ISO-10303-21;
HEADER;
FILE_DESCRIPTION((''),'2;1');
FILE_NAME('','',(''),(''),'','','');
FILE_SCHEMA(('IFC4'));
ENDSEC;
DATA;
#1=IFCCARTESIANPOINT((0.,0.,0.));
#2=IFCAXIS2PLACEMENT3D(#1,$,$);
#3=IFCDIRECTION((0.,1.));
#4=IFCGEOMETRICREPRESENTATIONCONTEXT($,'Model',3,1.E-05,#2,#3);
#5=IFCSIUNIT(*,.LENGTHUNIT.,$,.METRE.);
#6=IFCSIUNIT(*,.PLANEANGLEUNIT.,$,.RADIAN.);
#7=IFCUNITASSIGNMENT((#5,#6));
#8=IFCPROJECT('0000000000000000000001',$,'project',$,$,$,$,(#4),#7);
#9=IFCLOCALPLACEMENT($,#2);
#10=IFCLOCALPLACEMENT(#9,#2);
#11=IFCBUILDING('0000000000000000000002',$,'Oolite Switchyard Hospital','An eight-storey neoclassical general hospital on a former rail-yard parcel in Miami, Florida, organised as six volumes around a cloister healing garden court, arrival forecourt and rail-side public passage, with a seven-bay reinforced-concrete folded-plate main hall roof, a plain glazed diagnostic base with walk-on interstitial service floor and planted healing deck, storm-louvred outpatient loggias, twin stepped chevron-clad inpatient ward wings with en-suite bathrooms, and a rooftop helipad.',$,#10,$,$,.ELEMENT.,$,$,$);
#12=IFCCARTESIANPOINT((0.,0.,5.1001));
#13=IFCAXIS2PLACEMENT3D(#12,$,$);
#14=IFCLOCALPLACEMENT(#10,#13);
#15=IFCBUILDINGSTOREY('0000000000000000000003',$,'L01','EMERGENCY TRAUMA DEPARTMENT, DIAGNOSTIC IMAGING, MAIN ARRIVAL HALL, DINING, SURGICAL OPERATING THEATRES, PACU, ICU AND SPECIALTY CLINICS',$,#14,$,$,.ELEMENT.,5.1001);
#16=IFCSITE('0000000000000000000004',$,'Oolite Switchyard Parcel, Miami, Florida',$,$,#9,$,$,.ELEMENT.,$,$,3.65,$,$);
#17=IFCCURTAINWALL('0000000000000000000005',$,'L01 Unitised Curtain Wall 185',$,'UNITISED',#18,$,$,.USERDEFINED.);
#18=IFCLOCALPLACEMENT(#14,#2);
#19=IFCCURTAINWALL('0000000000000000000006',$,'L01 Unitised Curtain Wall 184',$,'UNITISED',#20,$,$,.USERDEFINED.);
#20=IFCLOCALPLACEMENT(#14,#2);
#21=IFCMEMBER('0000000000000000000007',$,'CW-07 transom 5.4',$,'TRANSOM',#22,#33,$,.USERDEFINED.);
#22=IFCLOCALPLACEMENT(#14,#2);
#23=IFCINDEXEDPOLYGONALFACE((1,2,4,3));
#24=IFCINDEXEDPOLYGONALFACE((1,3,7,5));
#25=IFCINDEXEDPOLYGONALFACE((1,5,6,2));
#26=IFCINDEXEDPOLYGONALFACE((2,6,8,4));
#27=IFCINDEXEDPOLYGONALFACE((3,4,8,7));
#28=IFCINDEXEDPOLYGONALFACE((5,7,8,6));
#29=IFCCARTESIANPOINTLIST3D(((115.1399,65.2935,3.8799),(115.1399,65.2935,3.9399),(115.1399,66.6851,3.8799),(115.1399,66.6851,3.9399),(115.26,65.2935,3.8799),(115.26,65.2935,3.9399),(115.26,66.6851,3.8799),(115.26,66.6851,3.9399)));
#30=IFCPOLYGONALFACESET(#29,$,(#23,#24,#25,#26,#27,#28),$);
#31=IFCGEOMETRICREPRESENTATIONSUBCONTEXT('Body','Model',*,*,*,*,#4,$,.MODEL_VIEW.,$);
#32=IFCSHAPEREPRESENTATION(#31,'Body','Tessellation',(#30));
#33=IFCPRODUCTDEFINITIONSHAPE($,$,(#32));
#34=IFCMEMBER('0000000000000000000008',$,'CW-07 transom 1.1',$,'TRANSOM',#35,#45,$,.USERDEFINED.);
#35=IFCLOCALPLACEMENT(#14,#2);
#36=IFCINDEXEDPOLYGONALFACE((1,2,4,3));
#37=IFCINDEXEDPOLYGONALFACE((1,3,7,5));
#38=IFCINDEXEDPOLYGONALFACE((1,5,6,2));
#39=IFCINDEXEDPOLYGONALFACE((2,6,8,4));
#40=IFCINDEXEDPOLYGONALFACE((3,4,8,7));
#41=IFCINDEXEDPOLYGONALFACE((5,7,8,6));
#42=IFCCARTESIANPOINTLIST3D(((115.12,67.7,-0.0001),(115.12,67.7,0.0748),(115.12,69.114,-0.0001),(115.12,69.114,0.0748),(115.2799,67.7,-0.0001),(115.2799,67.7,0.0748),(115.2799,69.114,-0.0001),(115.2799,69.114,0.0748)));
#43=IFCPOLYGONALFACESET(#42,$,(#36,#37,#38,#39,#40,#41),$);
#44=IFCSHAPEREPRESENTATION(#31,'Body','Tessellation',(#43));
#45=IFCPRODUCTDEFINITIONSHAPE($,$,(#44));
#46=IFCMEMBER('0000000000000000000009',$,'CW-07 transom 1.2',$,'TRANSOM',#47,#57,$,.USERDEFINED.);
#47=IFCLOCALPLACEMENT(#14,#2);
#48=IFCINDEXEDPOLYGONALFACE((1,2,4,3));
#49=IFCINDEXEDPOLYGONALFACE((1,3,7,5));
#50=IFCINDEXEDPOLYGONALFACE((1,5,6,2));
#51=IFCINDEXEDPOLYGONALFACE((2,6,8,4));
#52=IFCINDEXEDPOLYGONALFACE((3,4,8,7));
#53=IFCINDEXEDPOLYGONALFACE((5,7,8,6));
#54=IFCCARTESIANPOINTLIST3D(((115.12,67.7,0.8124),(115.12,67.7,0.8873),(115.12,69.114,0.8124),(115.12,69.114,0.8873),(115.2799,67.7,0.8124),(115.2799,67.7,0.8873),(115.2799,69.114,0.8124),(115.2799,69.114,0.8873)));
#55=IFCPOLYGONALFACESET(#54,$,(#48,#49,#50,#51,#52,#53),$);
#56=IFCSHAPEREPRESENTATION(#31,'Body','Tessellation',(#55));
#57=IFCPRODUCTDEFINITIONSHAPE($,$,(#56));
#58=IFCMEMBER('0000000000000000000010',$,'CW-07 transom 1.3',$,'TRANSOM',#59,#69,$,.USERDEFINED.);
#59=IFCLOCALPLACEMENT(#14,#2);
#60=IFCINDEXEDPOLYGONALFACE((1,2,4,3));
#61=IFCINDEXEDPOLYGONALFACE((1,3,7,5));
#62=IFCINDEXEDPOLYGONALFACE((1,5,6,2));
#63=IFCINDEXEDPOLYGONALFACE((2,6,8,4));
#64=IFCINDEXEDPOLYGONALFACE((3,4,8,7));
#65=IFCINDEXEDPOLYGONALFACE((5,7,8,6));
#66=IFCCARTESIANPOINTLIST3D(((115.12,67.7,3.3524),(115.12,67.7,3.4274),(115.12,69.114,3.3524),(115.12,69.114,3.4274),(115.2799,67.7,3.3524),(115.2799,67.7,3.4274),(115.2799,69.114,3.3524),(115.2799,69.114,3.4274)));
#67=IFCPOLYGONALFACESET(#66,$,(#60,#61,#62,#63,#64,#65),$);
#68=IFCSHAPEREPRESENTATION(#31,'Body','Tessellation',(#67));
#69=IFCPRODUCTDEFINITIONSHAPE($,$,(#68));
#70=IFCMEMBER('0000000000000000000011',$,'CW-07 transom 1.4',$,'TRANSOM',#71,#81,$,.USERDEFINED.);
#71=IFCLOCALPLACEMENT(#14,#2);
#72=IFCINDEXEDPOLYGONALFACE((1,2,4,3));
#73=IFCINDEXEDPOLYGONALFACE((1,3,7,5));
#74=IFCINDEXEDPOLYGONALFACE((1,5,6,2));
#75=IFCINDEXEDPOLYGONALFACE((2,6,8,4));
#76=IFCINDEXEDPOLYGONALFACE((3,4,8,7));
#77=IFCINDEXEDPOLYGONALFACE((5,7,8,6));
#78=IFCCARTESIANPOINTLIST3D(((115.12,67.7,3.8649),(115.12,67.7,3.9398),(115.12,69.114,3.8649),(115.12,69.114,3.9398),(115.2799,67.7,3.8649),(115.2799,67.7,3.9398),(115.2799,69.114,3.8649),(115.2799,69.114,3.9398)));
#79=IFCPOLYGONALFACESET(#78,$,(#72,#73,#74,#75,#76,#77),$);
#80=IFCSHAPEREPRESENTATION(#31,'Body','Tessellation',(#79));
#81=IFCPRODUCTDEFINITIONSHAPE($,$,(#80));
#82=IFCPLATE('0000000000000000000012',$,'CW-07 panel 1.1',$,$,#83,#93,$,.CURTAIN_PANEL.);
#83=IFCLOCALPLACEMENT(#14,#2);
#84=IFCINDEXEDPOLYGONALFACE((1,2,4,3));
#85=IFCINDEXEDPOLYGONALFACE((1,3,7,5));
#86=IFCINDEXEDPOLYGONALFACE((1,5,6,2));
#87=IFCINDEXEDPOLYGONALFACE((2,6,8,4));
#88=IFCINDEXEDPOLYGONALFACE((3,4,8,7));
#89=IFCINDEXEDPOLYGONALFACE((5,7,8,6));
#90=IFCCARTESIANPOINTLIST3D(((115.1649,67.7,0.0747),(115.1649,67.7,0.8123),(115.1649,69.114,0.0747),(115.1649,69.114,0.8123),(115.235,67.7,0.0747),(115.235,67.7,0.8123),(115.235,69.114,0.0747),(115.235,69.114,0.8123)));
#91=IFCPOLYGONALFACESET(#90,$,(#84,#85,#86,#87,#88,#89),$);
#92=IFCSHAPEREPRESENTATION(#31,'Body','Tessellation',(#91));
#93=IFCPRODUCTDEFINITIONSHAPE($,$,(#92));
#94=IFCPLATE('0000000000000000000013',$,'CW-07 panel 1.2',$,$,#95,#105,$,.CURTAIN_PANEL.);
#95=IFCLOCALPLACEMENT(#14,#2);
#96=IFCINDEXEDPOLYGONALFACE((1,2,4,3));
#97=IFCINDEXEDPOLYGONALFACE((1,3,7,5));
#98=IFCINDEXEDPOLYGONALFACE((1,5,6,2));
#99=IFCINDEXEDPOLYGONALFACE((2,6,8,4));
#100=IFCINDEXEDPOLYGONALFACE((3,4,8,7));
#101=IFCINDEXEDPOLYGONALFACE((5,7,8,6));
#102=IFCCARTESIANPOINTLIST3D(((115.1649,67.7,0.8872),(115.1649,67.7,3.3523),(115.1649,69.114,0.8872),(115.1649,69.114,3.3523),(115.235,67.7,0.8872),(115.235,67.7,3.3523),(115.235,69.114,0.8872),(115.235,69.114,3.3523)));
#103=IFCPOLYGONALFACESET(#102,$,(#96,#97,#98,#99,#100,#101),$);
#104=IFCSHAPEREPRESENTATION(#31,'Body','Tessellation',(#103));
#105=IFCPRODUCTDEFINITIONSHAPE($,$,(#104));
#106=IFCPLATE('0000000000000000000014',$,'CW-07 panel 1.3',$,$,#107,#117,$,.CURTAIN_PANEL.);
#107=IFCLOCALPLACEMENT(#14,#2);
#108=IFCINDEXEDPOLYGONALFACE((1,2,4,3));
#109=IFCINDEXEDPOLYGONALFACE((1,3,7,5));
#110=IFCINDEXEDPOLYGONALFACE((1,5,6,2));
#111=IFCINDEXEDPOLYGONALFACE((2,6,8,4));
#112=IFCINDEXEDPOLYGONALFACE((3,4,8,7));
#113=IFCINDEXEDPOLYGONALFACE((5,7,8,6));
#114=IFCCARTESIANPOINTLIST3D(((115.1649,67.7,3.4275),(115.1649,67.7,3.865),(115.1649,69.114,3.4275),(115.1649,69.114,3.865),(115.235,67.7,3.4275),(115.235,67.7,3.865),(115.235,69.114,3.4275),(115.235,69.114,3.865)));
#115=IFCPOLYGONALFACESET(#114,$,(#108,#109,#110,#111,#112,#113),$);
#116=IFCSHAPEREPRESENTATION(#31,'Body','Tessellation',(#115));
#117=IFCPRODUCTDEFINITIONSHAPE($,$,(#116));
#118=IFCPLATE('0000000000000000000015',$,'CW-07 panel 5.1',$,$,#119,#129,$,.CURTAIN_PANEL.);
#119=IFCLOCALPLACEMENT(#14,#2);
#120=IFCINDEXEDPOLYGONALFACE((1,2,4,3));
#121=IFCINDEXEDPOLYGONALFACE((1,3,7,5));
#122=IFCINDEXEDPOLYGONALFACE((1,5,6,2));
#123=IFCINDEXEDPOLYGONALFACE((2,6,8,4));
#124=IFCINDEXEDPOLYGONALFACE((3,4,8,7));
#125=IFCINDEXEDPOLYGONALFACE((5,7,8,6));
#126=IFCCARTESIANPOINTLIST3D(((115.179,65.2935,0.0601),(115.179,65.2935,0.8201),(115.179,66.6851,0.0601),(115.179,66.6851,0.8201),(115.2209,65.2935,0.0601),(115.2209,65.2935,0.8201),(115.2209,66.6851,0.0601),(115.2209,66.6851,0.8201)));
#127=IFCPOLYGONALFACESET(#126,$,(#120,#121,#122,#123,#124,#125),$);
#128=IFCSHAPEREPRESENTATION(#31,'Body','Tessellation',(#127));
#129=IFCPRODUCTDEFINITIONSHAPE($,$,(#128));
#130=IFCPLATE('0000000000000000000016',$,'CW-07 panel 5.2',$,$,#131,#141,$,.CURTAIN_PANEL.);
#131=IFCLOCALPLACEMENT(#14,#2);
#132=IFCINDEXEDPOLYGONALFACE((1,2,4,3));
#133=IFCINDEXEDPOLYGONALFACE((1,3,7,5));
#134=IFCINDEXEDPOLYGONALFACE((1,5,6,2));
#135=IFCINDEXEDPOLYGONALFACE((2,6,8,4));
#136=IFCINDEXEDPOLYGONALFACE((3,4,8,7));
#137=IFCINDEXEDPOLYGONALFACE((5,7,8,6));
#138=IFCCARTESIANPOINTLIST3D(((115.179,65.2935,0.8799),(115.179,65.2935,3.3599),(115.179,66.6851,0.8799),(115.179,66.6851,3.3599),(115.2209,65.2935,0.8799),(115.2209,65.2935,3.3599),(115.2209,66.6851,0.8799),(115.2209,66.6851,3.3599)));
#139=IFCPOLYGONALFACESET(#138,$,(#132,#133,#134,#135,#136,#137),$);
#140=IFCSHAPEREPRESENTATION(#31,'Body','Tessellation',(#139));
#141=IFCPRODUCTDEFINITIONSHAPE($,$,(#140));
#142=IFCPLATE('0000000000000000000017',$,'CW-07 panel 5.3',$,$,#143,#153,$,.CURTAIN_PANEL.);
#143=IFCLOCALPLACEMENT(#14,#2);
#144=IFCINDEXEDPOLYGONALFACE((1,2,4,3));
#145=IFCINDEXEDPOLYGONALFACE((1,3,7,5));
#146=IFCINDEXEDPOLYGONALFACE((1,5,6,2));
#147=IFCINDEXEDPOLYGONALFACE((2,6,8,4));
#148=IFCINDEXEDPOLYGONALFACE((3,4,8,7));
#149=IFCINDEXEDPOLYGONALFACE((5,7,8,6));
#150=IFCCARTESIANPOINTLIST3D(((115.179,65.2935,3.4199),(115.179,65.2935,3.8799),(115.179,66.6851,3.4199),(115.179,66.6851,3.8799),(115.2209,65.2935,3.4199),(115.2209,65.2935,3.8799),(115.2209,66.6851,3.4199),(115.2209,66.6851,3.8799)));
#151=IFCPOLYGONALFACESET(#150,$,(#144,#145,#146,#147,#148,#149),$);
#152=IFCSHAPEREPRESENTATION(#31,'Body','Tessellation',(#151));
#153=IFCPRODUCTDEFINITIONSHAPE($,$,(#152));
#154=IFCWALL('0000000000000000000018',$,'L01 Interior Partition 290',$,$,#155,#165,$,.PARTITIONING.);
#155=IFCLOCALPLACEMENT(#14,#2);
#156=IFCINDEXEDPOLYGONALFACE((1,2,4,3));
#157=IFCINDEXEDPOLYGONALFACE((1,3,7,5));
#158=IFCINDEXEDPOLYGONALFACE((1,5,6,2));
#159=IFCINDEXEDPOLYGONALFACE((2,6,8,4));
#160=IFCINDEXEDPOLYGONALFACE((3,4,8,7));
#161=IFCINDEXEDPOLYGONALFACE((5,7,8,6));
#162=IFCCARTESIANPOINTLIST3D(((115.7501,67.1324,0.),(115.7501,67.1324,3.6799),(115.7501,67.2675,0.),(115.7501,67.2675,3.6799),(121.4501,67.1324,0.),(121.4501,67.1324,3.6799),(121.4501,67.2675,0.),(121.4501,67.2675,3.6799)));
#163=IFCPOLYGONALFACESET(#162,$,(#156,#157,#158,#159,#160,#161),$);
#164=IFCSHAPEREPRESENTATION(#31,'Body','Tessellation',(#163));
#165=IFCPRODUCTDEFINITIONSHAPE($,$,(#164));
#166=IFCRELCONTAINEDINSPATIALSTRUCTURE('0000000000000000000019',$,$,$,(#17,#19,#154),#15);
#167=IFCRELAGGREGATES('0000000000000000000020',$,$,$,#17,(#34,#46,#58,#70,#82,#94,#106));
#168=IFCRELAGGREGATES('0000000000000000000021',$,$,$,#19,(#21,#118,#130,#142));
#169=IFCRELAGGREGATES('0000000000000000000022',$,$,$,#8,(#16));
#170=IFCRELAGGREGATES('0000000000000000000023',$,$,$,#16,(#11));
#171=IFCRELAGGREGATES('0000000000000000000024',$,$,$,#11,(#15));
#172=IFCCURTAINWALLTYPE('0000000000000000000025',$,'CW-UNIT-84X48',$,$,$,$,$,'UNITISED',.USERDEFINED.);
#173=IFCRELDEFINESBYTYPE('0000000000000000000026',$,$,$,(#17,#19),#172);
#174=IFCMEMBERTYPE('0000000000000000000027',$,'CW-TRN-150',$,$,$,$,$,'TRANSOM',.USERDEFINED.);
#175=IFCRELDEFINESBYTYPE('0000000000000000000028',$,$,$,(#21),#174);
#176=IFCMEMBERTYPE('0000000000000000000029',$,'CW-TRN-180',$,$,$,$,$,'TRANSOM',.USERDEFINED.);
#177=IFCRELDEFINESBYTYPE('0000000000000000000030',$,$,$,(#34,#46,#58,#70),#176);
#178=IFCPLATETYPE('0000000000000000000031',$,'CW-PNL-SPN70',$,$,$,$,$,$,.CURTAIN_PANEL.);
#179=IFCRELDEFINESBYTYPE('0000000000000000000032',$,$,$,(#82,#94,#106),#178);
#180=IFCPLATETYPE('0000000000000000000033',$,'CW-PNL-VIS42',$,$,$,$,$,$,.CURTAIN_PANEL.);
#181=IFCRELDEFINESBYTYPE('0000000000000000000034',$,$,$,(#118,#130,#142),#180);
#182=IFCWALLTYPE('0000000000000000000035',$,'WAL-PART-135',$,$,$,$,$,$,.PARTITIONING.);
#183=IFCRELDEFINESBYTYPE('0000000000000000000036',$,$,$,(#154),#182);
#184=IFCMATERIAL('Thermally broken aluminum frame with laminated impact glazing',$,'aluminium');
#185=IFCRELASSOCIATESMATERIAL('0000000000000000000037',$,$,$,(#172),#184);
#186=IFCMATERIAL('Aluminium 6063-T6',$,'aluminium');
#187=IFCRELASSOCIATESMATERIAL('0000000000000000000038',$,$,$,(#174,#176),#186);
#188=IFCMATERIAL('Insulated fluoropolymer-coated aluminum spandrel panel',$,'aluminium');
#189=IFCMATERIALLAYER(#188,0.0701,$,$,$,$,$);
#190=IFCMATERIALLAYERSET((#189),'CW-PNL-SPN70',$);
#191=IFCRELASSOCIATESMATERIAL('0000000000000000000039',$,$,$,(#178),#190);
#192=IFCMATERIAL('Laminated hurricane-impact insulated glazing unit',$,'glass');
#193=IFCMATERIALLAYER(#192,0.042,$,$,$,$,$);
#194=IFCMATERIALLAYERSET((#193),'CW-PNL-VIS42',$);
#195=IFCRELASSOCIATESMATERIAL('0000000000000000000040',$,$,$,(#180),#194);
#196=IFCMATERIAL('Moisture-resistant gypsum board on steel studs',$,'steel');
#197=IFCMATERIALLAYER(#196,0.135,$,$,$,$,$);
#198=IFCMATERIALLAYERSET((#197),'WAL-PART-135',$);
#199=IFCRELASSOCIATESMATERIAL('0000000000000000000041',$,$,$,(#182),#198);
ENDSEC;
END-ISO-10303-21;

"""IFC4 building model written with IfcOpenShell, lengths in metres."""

from ifc_helpers import new_model, si_unit, direction, frame, frame_2d, origin, origin_2d, place, context, subcontext, project, spatial, rectangle, extrude, material, layer, layer_set, material_profile, profile_set, type_object, element, aggregate, save


model = new_model("IFC4")

# Units and contexts
model_context = context("Model", 3, precision=1e-05, world=origin(), true_north=direction((0.0, 1.0)))
body_context = subcontext(model_context, "Body", "Model", "MODEL_VIEW")
ifc_project = project(units=[si_unit("LENGTHUNIT", "METRE"), si_unit("PLANEANGLEUNIT", "RADIAN")], contexts=[model_context])

# Site, building, storey
site_placement = place(None, origin())
site = spatial("IfcSite", under=ifc_project, at=site_placement, Name="Oolite Switchyard Parcel, Miami, Florida", CompositionType="ELEMENT", RefElevation=3.65)
building_placement = place(site_placement, origin())
building = spatial("IfcBuilding", under=site, at=building_placement, Name="Oolite Switchyard Hospital", Description="An eight-storey neoclassical general hospital on a former rail-yard parcel in Miami, Florida, organised as six volumes around a cloister healing garden court, arrival forecourt and rail-side public passage, with a seven-bay reinforced-concrete folded-plate main hall roof, a plain glazed diagnostic base with walk-on interstitial service floor and planted healing deck, storm-louvred outpatient loggias, twin stepped chevron-clad inpatient ward wings with en-suite bathrooms, and a rooftop helipad.", CompositionType="ELEMENT")
storey_placement = place(building_placement, frame((0.0, 0.0, 5.1001)))
storey = spatial("IfcBuildingStorey", under=building, at=storey_placement, Name="L01", Description="EMERGENCY TRAUMA DEPARTMENT, DIAGNOSTIC IMAGING, MAIN ARRIVAL HALL, DINING, SURGICAL OPERATING THEATRES, PACU, ICU AND SPECIALTY CLINICS", CompositionType="ELEMENT", Elevation=5.1001)

# Curtain walls, member
ifc_material_1 = material(Name="Thermally broken aluminum frame with laminated impact glazing", Category="aluminium")
curtain_wall_type = type_object("IfcCurtainWallType", Name="CW-UNIT-84X48", ElementType="UNITISED", PredefinedType="USERDEFINED", material=ifc_material_1)
curtain_wall_1_placement = place(storey_placement, origin())
curtain_wall_1 = element("IfcCurtainWall", 1, at=curtain_wall_1_placement, inside=storey, type_object=curtain_wall_type, Name="L01 Unitised Curtain Wall 185", ObjectType="UNITISED", PredefinedType="USERDEFINED")
ifc_material_2 = material(Name="Aluminium 6063-T6", Category="aluminium")
curtain_wall_2_placement = place(storey_placement, origin())
curtain_wall_2 = element("IfcCurtainWall", 2, at=curtain_wall_2_placement, inside=storey, type_object=curtain_wall_type, Name="L01 Unitised Curtain Wall 184", ObjectType="UNITISED", PredefinedType="USERDEFINED")
ifc_material_profile_1 = material_profile(ifc_material_2, rectangle(XDim=0.1201, YDim=0.0601, at=origin_2d()), Name="CWT60X120")
ifc_profile_set_1 = profile_set([ifc_material_profile_1], Name="Aluminium 6063-T6")
member_type_1 = type_object("IfcMemberType", Name="CW-TRN-150", ElementType="TRANSOM", PredefinedType="USERDEFINED", material=ifc_profile_set_1)
member_1_placement = place(storey_placement, frame((115.2, 65.2935, 3.9099), z_axis=(0.0, 1.0, 0.0), x_axis=(-1.0, 0.0, 0.0)))
member_1 = element("IfcMember", 3, at=member_1_placement, type_object=member_type_1, Name="CW-07 transom 5.4", ObjectType="TRANSOM", PredefinedType="USERDEFINED", context=body_context, shape_type="SweptSolid", body=[
    extrude(rectangle(XDim=0.1201, YDim=0.0601, at=origin_2d()), origin(), (0.0, 0.0, 1.0), 1.3916),
])

# Members
ifc_material_profile_2 = material_profile(ifc_material_2, rectangle(XDim=0.1599, YDim=0.075, at=origin_2d()), Name="CWT75X160")
ifc_profile_set_2 = profile_set([ifc_material_profile_2], Name="Aluminium 6063-T6")
member_type_2 = type_object("IfcMemberType", Name="CW-TRN-180", ElementType="TRANSOM", PredefinedType="USERDEFINED", material=ifc_profile_set_2)
member_2_placement = place(storey_placement, frame((115.2, 67.7, 0.0374), z_axis=(0.0, 1.0, 0.0), x_axis=(-1.0, 0.0, 0.0)))
member_2 = element("IfcMember", 4, at=member_2_placement, type_object=member_type_2, Name="CW-07 transom 1.1", ObjectType="TRANSOM", PredefinedType="USERDEFINED", context=body_context, shape_type="SweptSolid", body=[
    extrude(rectangle(XDim=0.1599, YDim=0.075, at=origin_2d()), origin(), (0.0, 0.0, 1.0), 1.4141),
])
member_3_placement = place(storey_placement, frame((115.2, 67.7, 0.8499), z_axis=(0.0, 1.0, 0.0), x_axis=(-1.0, 0.0, 0.0)))
member_3 = element("IfcMember", 5, at=member_3_placement, type_object=member_type_2, Name="CW-07 transom 1.2", ObjectType="TRANSOM", PredefinedType="USERDEFINED", context=body_context, shape_type="SweptSolid", body=[
    extrude(rectangle(XDim=0.1599, YDim=0.075, at=origin_2d()), origin(), (0.0, 0.0, 1.0), 1.4141),
])
member_4_placement = place(storey_placement, frame((115.2, 67.7, 3.3899), z_axis=(0.0, 1.0, 0.0), x_axis=(-1.0, 0.0, 0.0)))
member_4 = element("IfcMember", 6, at=member_4_placement, type_object=member_type_2, Name="CW-07 transom 1.3", ObjectType="TRANSOM", PredefinedType="USERDEFINED", context=body_context, shape_type="SweptSolid", body=[
    extrude(rectangle(XDim=0.1599, YDim=0.075, at=origin_2d()), origin(), (0.0, 0.0, 1.0), 1.4141),
])
member_5_placement = place(storey_placement, frame((115.2, 67.7, 3.9023), z_axis=(0.0, 1.0, 0.0), x_axis=(-1.0, 0.0, 0.0)))
member_5 = element("IfcMember", 7, at=member_5_placement, type_object=member_type_2, Name="CW-07 transom 1.4", ObjectType="TRANSOM", PredefinedType="USERDEFINED", context=body_context, shape_type="SweptSolid", body=[
    extrude(rectangle(XDim=0.1599, YDim=0.075, at=origin_2d()), origin(), (0.0, 0.0, 1.0), 1.4141),
])

# Plates
ifc_material_3 = material(Name="Insulated fluoropolymer-coated aluminum spandrel panel", Category="aluminium")
ifc_layer_1 = layer(ifc_material_3, 0.0701)
ifc_layer_set_1 = layer_set([ifc_layer_1], Name="CW-PNL-SPN70")
plate_type_1 = type_object("IfcPlateType", Name="CW-PNL-SPN70", PredefinedType="CURTAIN_PANEL", material=ifc_layer_set_1)
plate_1_placement = place(storey_placement, frame((115.2, 68.407, 0.0747), z_axis=(0.0, 0.0, 1.0), x_axis=(0.0, 1.0, 0.0)))
plate_1 = element("IfcPlate", 8, at=plate_1_placement, type_object=plate_type_1, Name="CW-07 panel 1.1", PredefinedType="CURTAIN_PANEL", context=body_context, shape_type="SweptSolid", body=[
    extrude(rectangle(XDim=1.4141, YDim=0.0701, at=origin_2d()), origin(), (0.0, 0.0, 1.0), 0.7375),
])
plate_2_placement = place(storey_placement, frame((115.2, 68.407, 0.8872), z_axis=(0.0, 0.0, 1.0), x_axis=(0.0, 1.0, 0.0)))
plate_2 = element("IfcPlate", 9, at=plate_2_placement, type_object=plate_type_1, Name="CW-07 panel 1.2", PredefinedType="CURTAIN_PANEL", context=body_context, shape_type="SweptSolid", body=[
    extrude(rectangle(XDim=1.4141, YDim=0.0701, at=origin_2d()), origin(), (0.0, 0.0, 1.0), 2.4651),
])
plate_3_placement = place(storey_placement, frame((115.2, 68.407, 3.4275), z_axis=(0.0, 0.0, 1.0), x_axis=(0.0, 1.0, 0.0)))
plate_3 = element("IfcPlate", 10, at=plate_3_placement, type_object=plate_type_1, Name="CW-07 panel 1.3", PredefinedType="CURTAIN_PANEL", context=body_context, shape_type="SweptSolid", body=[
    extrude(rectangle(XDim=1.4141, YDim=0.0701, at=origin_2d()), origin(), (0.0, 0.0, 1.0), 0.4375),
])
aggregate(curtain_wall_1, [member_2, member_3, member_4, member_5, plate_1, plate_2, plate_3])
ifc_material_4 = material(Name="Laminated hurricane-impact insulated glazing unit", Category="glass")
ifc_layer_2 = layer(ifc_material_4, 0.042)
ifc_layer_set_2 = layer_set([ifc_layer_2], Name="CW-PNL-VIS42")
plate_type_2 = type_object("IfcPlateType", Name="CW-PNL-VIS42", PredefinedType="CURTAIN_PANEL", material=ifc_layer_set_2)
plate_4_placement = place(storey_placement, frame((115.2, 65.9893, 0.0601), z_axis=(0.0, 0.0, 1.0), x_axis=(0.0, 1.0, 0.0)))
plate_4 = element("IfcPlate", 11, at=plate_4_placement, type_object=plate_type_2, Name="CW-07 panel 5.1", PredefinedType="CURTAIN_PANEL", context=body_context, shape_type="SweptSolid", body=[
    extrude(rectangle(XDim=1.3916, YDim=0.042, at=origin_2d()), origin(), (0.0, 0.0, 1.0), 0.76),
])
plate_5_placement = place(storey_placement, frame((115.2, 65.9893, 0.8799), z_axis=(0.0, 0.0, 1.0), x_axis=(0.0, 1.0, 0.0)))
plate_5 = element("IfcPlate", 12, at=plate_5_placement, type_object=plate_type_2, Name="CW-07 panel 5.2", PredefinedType="CURTAIN_PANEL", context=body_context, shape_type="SweptSolid", body=[
    extrude(rectangle(XDim=1.3916, YDim=0.042, at=origin_2d()), origin(), (0.0, 0.0, 1.0), 2.48),
])
plate_6_placement = place(storey_placement, frame((115.2, 65.9893, 3.4199), z_axis=(0.0, 0.0, 1.0), x_axis=(0.0, 1.0, 0.0)))
plate_6 = element("IfcPlate", 13, at=plate_6_placement, type_object=plate_type_2, Name="CW-07 panel 5.3", PredefinedType="CURTAIN_PANEL", context=body_context, shape_type="SweptSolid", body=[
    extrude(rectangle(XDim=1.3916, YDim=0.042, at=origin_2d()), origin(), (0.0, 0.0, 1.0), 0.46),
])
aggregate(curtain_wall_2, [member_1, plate_4, plate_5, plate_6])

# Wall
ifc_material_5 = material(Name="Moisture-resistant gypsum board on steel studs", Category="steel")
ifc_layer_3 = layer(ifc_material_5, 0.135)
ifc_layer_set_3 = layer_set([ifc_layer_3], Name="WAL-PART-135")
wall_type_1 = type_object("IfcWallType", Name="WAL-PART-135", PredefinedType="PARTITIONING", material=ifc_layer_set_3)
wall_1_placement = place(storey_placement, frame((115.75, 67.2, 0.0), z_axis=(0.0, 0.0, 1.0), x_axis=(1.0, 0.0, 0.0)))
element("IfcWall", 14, at=wall_1_placement, inside=storey, type_object=wall_type_1, Name="L01 Interior Partition 290", PredefinedType="PARTITIONING", context=body_context, shape_type="SweptSolid", body=[
    extrude(rectangle(XDim=5.7, YDim=0.135, at=frame_2d((2.8501, 0.0))), origin(), (0.0, 0.0, 1.0), 3.6799),
])

save(model, "model.ifc")
